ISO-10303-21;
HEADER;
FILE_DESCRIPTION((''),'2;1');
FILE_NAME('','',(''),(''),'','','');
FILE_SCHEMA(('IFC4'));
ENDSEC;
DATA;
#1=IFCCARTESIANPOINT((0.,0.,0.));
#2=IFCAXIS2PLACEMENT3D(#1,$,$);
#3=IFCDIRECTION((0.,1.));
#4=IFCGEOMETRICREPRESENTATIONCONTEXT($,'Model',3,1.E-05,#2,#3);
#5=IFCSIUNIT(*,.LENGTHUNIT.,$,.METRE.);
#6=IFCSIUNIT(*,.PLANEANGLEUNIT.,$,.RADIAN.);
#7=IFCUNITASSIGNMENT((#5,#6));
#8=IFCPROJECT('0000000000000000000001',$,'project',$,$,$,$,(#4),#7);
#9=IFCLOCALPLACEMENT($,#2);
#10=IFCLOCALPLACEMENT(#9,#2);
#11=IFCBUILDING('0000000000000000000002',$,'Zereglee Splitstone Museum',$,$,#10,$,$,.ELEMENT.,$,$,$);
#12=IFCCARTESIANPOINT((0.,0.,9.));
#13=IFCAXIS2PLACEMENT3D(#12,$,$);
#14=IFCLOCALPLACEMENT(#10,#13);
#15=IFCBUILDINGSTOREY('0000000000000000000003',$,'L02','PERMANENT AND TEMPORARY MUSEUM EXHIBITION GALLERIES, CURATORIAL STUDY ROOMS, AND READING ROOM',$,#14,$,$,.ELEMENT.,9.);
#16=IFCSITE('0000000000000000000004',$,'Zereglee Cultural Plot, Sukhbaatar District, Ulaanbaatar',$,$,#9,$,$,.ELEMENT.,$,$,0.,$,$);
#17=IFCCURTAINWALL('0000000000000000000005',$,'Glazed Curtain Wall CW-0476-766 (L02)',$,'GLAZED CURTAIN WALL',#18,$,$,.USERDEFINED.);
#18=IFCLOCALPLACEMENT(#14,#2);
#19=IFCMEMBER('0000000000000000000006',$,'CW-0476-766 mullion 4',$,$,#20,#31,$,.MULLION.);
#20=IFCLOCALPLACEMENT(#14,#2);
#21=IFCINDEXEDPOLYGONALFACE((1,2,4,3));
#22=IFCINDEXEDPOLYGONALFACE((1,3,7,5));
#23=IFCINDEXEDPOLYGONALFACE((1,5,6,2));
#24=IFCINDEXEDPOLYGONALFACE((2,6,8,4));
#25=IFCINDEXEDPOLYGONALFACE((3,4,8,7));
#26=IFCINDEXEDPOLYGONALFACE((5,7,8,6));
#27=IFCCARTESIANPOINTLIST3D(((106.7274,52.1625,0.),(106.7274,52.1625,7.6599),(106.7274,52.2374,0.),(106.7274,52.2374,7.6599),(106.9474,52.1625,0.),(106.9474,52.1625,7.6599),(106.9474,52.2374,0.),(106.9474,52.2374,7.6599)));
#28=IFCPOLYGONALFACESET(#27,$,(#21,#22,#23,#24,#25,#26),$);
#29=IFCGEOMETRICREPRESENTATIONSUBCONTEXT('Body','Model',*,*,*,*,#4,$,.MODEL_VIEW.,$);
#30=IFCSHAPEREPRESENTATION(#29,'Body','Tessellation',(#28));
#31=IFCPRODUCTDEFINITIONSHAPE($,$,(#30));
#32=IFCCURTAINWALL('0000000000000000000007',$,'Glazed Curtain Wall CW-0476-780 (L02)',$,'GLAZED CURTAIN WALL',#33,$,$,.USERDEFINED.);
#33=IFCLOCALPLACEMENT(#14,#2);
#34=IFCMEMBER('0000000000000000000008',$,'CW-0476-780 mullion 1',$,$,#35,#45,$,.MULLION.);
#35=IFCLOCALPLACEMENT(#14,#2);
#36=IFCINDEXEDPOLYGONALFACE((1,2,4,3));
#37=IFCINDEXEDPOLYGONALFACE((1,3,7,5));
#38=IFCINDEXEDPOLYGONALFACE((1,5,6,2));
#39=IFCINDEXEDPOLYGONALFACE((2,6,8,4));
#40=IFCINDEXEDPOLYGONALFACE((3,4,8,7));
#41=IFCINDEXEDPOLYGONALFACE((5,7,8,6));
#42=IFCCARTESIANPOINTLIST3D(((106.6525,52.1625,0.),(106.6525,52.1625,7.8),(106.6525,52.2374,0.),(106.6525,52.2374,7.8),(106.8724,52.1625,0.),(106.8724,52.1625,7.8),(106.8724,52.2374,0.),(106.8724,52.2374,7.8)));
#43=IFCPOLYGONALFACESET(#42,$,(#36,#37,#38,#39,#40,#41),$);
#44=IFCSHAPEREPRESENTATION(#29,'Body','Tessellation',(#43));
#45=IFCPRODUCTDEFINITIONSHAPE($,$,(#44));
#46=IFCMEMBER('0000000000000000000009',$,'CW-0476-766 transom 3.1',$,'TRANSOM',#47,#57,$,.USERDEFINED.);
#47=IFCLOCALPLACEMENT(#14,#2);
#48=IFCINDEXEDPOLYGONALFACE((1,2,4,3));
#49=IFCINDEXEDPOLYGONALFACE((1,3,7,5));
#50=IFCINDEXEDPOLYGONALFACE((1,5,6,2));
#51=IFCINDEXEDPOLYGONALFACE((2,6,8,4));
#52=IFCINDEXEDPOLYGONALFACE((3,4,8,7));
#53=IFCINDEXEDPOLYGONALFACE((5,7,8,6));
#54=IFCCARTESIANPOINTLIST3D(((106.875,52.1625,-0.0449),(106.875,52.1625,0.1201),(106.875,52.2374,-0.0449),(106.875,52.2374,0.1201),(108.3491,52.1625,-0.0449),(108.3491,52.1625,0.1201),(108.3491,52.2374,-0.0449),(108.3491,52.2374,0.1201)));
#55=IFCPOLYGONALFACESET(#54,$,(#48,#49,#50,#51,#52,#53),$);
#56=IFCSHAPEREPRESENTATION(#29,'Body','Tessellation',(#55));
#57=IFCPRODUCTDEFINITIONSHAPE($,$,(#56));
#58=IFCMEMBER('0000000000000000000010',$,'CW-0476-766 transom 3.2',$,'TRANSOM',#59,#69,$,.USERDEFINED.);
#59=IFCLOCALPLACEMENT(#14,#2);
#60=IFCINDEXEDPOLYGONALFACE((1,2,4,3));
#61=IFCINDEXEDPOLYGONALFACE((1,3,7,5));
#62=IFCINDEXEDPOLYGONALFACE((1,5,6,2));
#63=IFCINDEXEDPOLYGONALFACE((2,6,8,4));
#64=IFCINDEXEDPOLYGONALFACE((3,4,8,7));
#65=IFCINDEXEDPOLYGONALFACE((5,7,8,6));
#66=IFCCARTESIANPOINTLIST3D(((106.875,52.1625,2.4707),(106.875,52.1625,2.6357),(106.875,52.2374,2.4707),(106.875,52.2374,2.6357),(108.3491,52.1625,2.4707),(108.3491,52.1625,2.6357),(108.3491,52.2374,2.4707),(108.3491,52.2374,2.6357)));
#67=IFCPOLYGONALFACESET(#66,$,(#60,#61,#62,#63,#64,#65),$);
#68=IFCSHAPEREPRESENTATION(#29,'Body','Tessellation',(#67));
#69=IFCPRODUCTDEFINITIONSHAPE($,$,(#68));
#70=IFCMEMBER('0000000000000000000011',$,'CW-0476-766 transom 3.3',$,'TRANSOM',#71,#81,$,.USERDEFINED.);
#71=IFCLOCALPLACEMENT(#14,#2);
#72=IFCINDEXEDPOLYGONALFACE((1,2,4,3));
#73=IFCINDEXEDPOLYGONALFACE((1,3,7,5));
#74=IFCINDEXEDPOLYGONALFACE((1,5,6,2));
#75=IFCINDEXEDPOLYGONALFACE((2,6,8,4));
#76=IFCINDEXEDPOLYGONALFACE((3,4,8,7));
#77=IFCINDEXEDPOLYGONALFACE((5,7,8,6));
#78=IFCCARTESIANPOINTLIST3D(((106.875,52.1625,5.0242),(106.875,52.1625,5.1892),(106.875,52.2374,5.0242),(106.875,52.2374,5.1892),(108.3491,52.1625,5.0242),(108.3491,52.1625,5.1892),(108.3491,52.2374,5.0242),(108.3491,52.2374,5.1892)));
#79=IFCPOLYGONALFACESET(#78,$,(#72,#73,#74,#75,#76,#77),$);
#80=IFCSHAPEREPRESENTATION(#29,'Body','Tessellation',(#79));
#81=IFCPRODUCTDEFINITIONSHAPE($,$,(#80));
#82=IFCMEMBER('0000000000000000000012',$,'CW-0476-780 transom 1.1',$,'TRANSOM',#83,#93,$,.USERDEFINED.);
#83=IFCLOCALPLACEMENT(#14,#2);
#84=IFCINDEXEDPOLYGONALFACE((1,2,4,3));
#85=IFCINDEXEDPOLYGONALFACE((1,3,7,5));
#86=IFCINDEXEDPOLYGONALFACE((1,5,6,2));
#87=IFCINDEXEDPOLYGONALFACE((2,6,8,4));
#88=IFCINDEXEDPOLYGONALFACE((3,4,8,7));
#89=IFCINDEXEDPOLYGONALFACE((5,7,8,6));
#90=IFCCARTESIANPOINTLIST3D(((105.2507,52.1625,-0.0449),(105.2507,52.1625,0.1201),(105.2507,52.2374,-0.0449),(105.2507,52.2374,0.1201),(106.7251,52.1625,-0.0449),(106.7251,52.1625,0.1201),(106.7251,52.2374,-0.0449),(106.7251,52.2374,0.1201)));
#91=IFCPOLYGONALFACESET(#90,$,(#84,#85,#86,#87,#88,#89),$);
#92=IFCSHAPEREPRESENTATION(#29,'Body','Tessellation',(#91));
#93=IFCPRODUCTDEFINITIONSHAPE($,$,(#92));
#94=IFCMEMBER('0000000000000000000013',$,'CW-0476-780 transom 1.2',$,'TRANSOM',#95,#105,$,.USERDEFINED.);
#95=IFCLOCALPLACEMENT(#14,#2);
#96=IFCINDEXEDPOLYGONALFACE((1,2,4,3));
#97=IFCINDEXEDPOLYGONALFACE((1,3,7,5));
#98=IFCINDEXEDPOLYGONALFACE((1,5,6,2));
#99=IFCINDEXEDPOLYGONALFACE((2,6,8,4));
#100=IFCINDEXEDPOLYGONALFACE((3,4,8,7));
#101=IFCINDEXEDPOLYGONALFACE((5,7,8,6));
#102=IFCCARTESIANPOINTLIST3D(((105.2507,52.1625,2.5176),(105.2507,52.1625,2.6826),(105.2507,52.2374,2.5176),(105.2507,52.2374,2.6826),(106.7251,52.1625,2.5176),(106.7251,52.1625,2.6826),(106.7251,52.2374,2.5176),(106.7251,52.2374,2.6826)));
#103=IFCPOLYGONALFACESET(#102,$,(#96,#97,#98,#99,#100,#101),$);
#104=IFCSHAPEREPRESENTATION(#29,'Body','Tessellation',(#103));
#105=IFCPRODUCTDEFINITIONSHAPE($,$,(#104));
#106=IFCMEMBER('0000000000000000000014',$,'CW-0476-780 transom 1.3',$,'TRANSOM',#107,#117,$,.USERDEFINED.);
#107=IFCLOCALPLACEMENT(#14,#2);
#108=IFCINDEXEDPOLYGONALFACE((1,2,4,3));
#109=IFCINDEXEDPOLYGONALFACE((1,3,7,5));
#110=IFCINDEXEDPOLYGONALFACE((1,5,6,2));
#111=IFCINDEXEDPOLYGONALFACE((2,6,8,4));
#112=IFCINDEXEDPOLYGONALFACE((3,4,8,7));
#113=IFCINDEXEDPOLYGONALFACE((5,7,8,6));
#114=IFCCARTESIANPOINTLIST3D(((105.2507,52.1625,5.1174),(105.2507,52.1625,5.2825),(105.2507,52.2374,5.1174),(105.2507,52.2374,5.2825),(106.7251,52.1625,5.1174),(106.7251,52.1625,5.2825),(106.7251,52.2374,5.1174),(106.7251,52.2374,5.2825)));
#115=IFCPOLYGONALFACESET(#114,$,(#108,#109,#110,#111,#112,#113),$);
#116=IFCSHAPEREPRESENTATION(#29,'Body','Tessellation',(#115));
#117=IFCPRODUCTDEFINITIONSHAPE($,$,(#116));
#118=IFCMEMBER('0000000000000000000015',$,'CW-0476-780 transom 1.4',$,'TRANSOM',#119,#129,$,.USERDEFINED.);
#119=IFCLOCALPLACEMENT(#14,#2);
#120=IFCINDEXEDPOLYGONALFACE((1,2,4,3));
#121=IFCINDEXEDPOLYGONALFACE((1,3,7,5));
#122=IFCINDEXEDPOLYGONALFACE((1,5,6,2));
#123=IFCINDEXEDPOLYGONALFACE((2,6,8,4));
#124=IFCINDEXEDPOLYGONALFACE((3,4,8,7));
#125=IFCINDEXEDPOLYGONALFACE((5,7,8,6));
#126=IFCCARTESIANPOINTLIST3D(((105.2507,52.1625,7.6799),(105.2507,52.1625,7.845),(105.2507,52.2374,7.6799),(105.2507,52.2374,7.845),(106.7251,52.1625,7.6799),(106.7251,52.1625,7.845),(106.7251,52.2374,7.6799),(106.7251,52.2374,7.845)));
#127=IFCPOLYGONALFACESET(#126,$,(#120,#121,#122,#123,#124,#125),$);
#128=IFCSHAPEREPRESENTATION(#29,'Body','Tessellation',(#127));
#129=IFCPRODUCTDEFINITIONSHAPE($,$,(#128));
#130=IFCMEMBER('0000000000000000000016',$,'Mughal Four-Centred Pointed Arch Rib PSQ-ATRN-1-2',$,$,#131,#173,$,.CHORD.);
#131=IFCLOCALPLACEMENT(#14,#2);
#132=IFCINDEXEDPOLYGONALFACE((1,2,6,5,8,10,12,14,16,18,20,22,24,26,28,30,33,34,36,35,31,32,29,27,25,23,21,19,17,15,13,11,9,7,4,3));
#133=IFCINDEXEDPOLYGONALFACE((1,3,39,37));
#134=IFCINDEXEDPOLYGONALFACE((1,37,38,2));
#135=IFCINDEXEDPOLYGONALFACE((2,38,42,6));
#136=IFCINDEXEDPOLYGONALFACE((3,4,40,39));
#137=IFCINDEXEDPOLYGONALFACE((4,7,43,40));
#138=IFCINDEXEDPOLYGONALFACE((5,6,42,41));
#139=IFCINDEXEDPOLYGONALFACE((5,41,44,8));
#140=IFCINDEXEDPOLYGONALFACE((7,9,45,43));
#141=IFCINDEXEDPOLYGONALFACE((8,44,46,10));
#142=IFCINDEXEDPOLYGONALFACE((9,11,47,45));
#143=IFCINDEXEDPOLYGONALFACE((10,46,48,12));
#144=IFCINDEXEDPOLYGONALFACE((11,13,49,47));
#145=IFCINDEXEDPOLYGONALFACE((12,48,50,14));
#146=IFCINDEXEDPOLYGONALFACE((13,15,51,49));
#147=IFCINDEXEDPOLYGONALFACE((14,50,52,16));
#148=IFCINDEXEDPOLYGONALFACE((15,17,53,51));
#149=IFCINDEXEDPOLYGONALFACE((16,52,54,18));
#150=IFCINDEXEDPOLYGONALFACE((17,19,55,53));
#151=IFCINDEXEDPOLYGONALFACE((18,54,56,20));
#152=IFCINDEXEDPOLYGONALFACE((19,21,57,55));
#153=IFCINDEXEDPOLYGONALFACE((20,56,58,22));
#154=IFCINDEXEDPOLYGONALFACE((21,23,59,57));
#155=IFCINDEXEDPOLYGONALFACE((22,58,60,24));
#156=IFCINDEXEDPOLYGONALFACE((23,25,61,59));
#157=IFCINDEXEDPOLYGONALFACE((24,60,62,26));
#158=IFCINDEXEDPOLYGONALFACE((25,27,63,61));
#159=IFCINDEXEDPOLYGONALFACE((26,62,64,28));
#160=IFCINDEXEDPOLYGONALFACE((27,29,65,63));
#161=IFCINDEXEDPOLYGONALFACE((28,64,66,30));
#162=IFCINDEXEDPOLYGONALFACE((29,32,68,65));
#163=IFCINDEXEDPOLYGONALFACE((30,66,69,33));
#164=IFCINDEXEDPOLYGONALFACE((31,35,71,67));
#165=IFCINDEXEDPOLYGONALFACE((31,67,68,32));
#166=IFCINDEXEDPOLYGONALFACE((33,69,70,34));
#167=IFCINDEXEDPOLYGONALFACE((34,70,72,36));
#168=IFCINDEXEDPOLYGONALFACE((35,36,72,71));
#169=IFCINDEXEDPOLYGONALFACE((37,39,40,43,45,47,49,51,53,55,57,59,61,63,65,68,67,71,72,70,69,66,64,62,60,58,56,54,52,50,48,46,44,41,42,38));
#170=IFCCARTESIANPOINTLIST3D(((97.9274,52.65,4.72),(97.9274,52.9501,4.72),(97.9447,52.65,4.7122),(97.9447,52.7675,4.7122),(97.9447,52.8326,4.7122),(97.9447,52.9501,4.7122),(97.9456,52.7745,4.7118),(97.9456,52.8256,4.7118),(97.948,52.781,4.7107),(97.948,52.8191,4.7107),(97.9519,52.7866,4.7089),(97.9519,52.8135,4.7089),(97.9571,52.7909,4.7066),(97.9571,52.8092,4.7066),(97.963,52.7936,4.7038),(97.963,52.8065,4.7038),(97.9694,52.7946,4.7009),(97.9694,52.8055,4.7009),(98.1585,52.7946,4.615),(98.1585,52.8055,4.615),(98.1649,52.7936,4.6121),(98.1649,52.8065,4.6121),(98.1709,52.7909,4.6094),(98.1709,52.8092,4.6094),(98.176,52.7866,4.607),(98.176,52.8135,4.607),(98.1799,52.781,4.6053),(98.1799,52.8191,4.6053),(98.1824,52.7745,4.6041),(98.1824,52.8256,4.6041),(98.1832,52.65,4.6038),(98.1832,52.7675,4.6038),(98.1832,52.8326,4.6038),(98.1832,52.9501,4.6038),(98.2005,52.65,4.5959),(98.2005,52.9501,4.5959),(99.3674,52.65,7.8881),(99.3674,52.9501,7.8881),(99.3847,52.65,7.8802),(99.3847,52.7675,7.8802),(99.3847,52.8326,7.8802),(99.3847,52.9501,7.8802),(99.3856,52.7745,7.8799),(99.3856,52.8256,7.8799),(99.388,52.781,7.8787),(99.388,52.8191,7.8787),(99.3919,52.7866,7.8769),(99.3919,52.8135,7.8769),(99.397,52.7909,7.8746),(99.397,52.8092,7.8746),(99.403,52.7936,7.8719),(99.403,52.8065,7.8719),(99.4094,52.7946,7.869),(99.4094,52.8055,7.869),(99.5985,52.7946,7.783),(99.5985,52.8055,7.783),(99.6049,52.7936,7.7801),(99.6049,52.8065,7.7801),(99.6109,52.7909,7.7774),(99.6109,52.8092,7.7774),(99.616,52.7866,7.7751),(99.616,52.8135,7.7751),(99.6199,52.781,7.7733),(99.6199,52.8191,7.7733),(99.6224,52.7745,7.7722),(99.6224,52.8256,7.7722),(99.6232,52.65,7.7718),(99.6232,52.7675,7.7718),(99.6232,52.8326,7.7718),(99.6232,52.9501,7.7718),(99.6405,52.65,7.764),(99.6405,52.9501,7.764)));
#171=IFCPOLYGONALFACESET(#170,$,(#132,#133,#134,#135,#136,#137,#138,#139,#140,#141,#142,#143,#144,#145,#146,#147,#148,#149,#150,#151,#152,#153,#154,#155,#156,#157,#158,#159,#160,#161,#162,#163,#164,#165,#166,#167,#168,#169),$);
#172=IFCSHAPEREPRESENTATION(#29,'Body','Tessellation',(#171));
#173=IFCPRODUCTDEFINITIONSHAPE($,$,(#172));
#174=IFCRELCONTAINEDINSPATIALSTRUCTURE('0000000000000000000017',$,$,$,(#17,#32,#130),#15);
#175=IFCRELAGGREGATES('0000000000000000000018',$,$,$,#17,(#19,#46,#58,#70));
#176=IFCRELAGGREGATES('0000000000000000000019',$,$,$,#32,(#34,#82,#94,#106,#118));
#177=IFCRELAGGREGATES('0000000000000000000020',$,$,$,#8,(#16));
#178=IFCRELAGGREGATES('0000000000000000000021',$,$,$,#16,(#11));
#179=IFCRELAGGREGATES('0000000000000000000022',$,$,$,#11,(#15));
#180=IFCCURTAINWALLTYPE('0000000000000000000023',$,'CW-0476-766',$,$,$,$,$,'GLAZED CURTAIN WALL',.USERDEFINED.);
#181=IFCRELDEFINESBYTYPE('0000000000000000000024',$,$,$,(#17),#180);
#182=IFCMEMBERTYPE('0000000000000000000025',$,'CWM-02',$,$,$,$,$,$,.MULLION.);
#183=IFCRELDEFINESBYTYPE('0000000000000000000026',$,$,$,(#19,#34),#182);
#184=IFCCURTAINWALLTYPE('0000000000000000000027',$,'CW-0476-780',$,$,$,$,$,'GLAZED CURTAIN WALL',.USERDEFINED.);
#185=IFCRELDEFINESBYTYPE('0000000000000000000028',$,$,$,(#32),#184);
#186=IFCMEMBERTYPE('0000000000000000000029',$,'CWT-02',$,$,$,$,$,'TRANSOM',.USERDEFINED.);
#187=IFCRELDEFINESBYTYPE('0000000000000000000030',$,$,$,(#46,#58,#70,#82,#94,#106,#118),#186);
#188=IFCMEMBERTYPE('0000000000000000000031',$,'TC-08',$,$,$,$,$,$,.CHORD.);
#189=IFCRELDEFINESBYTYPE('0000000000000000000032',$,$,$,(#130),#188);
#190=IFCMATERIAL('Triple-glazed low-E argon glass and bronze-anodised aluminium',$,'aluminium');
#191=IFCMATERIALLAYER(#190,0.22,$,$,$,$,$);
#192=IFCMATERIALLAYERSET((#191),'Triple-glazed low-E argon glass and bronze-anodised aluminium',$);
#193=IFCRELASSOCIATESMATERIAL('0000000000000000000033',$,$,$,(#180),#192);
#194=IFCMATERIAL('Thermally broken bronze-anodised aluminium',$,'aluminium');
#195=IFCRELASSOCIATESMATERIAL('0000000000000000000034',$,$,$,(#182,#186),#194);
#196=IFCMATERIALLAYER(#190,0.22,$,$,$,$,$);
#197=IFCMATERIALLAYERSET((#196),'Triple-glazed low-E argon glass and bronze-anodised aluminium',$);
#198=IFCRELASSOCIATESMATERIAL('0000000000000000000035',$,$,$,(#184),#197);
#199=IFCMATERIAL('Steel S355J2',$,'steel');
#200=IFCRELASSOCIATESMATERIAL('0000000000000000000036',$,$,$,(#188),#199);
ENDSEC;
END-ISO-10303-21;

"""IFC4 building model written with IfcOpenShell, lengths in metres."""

from ifc_helpers import new_model, si_unit, direction, frame, origin, origin_2d, place, context, subcontext, project, spatial, rectangle, i_section, extrude, material, layer, layer_set, material_profile, profile_set, type_object, element, aggregate, save


model = new_model("IFC4")

# Units and contexts
model_context = context("Model", 3, precision=1e-05, world=origin(), true_north=direction((0.0, 1.0)))
body_context = subcontext(model_context, "Body", "Model", "MODEL_VIEW")
ifc_project = project(units=[si_unit("LENGTHUNIT", "METRE"), si_unit("PLANEANGLEUNIT", "RADIAN")], contexts=[model_context])

# Site, building, storey
site_placement = place(None, origin())
site = spatial("IfcSite", under=ifc_project, at=site_placement, Name="Zereglee Cultural Plot, Sukhbaatar District, Ulaanbaatar", CompositionType="ELEMENT", RefElevation=0.0)
building_placement = place(site_placement, origin())
building = spatial("IfcBuilding", under=site, at=building_placement, Name="Zereglee Splitstone Museum", CompositionType="ELEMENT")
storey_placement = place(building_placement, frame((0.0, 0.0, 9.0)))
storey = spatial("IfcBuildingStorey", under=building, at=storey_placement, Name="L02", Description="PERMANENT AND TEMPORARY MUSEUM EXHIBITION GALLERIES, CURATORIAL STUDY ROOMS, AND READING ROOM", CompositionType="ELEMENT", Elevation=9.0)

# Curtain walls, members
ifc_material_1 = material(Name="Triple-glazed low-E argon glass and bronze-anodised aluminium", Category="aluminium")
ifc_layer_1 = layer(ifc_material_1, 0.22)
ifc_layer_set_1 = layer_set([ifc_layer_1], Name="Triple-glazed low-E argon glass and bronze-anodised aluminium")
curtain_wall_type_1 = type_object("IfcCurtainWallType", Name="CW-0476-766", ElementType="GLAZED CURTAIN WALL", PredefinedType="USERDEFINED", material=ifc_layer_set_1)
curtain_wall_1_placement = place(storey_placement, origin())
curtain_wall_1 = element("IfcCurtainWall", 1, at=curtain_wall_1_placement, inside=storey, type_object=curtain_wall_type_1, Name="Glazed Curtain Wall CW-0476-766 (L02)", ObjectType="GLAZED CURTAIN WALL", PredefinedType="USERDEFINED")
ifc_material_2 = material(Name="Thermally broken bronze-anodised aluminium", Category="aluminium")
ifc_material_profile_1 = material_profile(ifc_material_2, rectangle(XDim=0.075, YDim=0.22, at=origin_2d()), Name="CW MULL 75x220")
ifc_profile_set_1 = profile_set([ifc_material_profile_1], Name="Thermally broken bronze-anodised aluminium")
member_type_1 = type_object("IfcMemberType", Name="CWM-02", PredefinedType="MULLION", material=ifc_profile_set_1)
member_1_placement = place(storey_placement, frame((106.8374, 52.2, 0.0), z_axis=(0.0, 0.0, 1.0), x_axis=(0.0, -1.0, 0.0)))
member_1 = element("IfcMember", 2, at=member_1_placement, type_object=member_type_1, Name="CW-0476-766 mullion 4", PredefinedType="MULLION", context=body_context, shape_type="SweptSolid", body=[
    extrude(rectangle(XDim=0.075, YDim=0.22, at=origin_2d()), origin(), (0.0, 0.0, 1.0), 7.6599),
])
ifc_layer_2 = layer(ifc_material_1, 0.22)
ifc_layer_set_2 = layer_set([ifc_layer_2], Name="Triple-glazed low-E argon glass and bronze-anodised aluminium")
curtain_wall_type_2 = type_object("IfcCurtainWallType", Name="CW-0476-780", ElementType="GLAZED CURTAIN WALL", PredefinedType="USERDEFINED", material=ifc_layer_set_2)
curtain_wall_2_placement = place(storey_placement, origin())
curtain_wall_2 = element("IfcCurtainWall", 3, at=curtain_wall_2_placement, inside=storey, type_object=curtain_wall_type_2, Name="Glazed Curtain Wall CW-0476-780 (L02)", ObjectType="GLAZED CURTAIN WALL", PredefinedType="USERDEFINED")
member_2_placement = place(storey_placement, frame((106.7625, 52.2, 0.0), z_axis=(0.0, 0.0, 1.0), x_axis=(0.0, -1.0, 0.0)))
member_2 = element("IfcMember", 4, at=member_2_placement, type_object=member_type_1, Name="CW-0476-780 mullion 1", PredefinedType="MULLION", context=body_context, shape_type="SweptSolid", body=[
    extrude(rectangle(XDim=0.075, YDim=0.22, at=origin_2d()), origin(), (0.0, 0.0, 1.0), 7.8),
])

# Members
ifc_material_profile_2 = material_profile(ifc_material_2, rectangle(XDim=0.075, YDim=0.165, at=origin_2d()), Name="CW TRAN 75x165")
ifc_profile_set_2 = profile_set([ifc_material_profile_2], Name="Thermally broken bronze-anodised aluminium")
member_type_2 = type_object("IfcMemberType", Name="CWT-02", ElementType="TRANSOM", PredefinedType="USERDEFINED", material=ifc_profile_set_2)
member_3_placement = place(storey_placement, frame((108.3491, 52.2, 0.0376), z_axis=(-1.0, 0.0, 0.0), x_axis=(0.0, -1.0, 0.0)))
member_3 = element("IfcMember", 5, at=member_3_placement, type_object=member_type_2, Name="CW-0476-766 transom 3.1", ObjectType="TRANSOM", PredefinedType="USERDEFINED", context=body_context, shape_type="SweptSolid", body=[
    extrude(rectangle(XDim=0.075, YDim=0.165, at=origin_2d()), origin(), (0.0, 0.0, 1.0), 1.4741),
])
member_4_placement = place(storey_placement, frame((108.3491, 52.2, 2.5532), z_axis=(-1.0, 0.0, 0.0), x_axis=(0.0, -1.0, 0.0)))
member_4 = element("IfcMember", 6, at=member_4_placement, type_object=member_type_2, Name="CW-0476-766 transom 3.2", ObjectType="TRANSOM", PredefinedType="USERDEFINED", context=body_context, shape_type="SweptSolid", body=[
    extrude(rectangle(XDim=0.075, YDim=0.165, at=origin_2d()), origin(), (0.0, 0.0, 1.0), 1.4741),
])
member_5_placement = place(storey_placement, frame((108.3491, 52.2, 5.1067), z_axis=(-1.0, 0.0, 0.0), x_axis=(0.0, -1.0, 0.0)))
member_5 = element("IfcMember", 7, at=member_5_placement, type_object=member_type_2, Name="CW-0476-766 transom 3.3", ObjectType="TRANSOM", PredefinedType="USERDEFINED", context=body_context, shape_type="SweptSolid", body=[
    extrude(rectangle(XDim=0.075, YDim=0.165, at=origin_2d()), origin(), (0.0, 0.0, 1.0), 1.4741),
])
member_6_placement = place(storey_placement, frame((106.7251, 52.2, 0.0376), z_axis=(-1.0, 0.0, 0.0), x_axis=(0.0, -1.0, 0.0)))
member_6 = element("IfcMember", 8, at=member_6_placement, type_object=member_type_2, Name="CW-0476-780 transom 1.1", ObjectType="TRANSOM", PredefinedType="USERDEFINED", context=body_context, shape_type="SweptSolid", body=[
    extrude(rectangle(XDim=0.075, YDim=0.165, at=origin_2d()), origin(), (0.0, 0.0, 1.0), 1.4744),
])
member_7_placement = place(storey_placement, frame((106.7251, 52.2, 2.6001), z_axis=(-1.0, 0.0, 0.0), x_axis=(0.0, -1.0, 0.0)))
member_7 = element("IfcMember", 9, at=member_7_placement, type_object=member_type_2, Name="CW-0476-780 transom 1.2", ObjectType="TRANSOM", PredefinedType="USERDEFINED", context=body_context, shape_type="SweptSolid", body=[
    extrude(rectangle(XDim=0.075, YDim=0.165, at=origin_2d()), origin(), (0.0, 0.0, 1.0), 1.4744),
])
member_8_placement = place(storey_placement, frame((106.7251, 52.2, 5.2), z_axis=(-1.0, 0.0, 0.0), x_axis=(0.0, -1.0, 0.0)))
member_8 = element("IfcMember", 10, at=member_8_placement, type_object=member_type_2, Name="CW-0476-780 transom 1.3", ObjectType="TRANSOM", PredefinedType="USERDEFINED", context=body_context, shape_type="SweptSolid", body=[
    extrude(rectangle(XDim=0.075, YDim=0.165, at=origin_2d()), origin(), (0.0, 0.0, 1.0), 1.4744),
])
member_9_placement = place(storey_placement, frame((106.7251, 52.2, 7.7625), z_axis=(-1.0, 0.0, 0.0), x_axis=(0.0, -1.0, 0.0)))
member_9 = element("IfcMember", 11, at=member_9_placement, type_object=member_type_2, Name="CW-0476-780 transom 1.4", ObjectType="TRANSOM", PredefinedType="USERDEFINED", context=body_context, shape_type="SweptSolid", body=[
    extrude(rectangle(XDim=0.075, YDim=0.165, at=origin_2d()), origin(), (0.0, 0.0, 1.0), 1.4744),
])

# Member
ifc_material_3 = material(Name="Steel S355J2", Category="steel")
ifc_material_profile_3 = material_profile(ifc_material_3, i_section(OverallWidth=0.3, OverallDepth=0.3, WebThickness=0.011, FlangeThickness=0.019, FilletRadius=0.0271, at=origin_2d()), Name="HE 300 B")
ifc_profile_set_3 = profile_set([ifc_material_profile_3], Name="Steel S355J2")
member_type_3 = type_object("IfcMemberType", Name="TC-08", PredefinedType="CHORD", material=ifc_profile_set_3)
member_10_placement = place(storey_placement, frame((98.064, 52.8, 4.658), z_axis=(0.413792, 0.0, 0.910371), x_axis=(0.0, 1.0, 0.0)))
element("IfcMember", 12, at=member_10_placement, inside=storey, type_object=member_type_3, Name="Mughal Four-Centred Pointed Arch Rib PSQ-ATRN-1-2", PredefinedType="CHORD", context=body_context, shape_type="SweptSolid", body=[
    extrude(i_section(OverallWidth=0.3, OverallDepth=0.3, WebThickness=0.011, FlangeThickness=0.019, FilletRadius=0.0271, at=origin_2d()), origin(), (0.0, 0.0, 1.0), 3.48),
])

aggregate(curtain_wall_1, [member_1, member_3, member_4, member_5])
aggregate(curtain_wall_2, [member_2, member_6, member_7, member_8, member_9])

save(model, "model.ifc")
